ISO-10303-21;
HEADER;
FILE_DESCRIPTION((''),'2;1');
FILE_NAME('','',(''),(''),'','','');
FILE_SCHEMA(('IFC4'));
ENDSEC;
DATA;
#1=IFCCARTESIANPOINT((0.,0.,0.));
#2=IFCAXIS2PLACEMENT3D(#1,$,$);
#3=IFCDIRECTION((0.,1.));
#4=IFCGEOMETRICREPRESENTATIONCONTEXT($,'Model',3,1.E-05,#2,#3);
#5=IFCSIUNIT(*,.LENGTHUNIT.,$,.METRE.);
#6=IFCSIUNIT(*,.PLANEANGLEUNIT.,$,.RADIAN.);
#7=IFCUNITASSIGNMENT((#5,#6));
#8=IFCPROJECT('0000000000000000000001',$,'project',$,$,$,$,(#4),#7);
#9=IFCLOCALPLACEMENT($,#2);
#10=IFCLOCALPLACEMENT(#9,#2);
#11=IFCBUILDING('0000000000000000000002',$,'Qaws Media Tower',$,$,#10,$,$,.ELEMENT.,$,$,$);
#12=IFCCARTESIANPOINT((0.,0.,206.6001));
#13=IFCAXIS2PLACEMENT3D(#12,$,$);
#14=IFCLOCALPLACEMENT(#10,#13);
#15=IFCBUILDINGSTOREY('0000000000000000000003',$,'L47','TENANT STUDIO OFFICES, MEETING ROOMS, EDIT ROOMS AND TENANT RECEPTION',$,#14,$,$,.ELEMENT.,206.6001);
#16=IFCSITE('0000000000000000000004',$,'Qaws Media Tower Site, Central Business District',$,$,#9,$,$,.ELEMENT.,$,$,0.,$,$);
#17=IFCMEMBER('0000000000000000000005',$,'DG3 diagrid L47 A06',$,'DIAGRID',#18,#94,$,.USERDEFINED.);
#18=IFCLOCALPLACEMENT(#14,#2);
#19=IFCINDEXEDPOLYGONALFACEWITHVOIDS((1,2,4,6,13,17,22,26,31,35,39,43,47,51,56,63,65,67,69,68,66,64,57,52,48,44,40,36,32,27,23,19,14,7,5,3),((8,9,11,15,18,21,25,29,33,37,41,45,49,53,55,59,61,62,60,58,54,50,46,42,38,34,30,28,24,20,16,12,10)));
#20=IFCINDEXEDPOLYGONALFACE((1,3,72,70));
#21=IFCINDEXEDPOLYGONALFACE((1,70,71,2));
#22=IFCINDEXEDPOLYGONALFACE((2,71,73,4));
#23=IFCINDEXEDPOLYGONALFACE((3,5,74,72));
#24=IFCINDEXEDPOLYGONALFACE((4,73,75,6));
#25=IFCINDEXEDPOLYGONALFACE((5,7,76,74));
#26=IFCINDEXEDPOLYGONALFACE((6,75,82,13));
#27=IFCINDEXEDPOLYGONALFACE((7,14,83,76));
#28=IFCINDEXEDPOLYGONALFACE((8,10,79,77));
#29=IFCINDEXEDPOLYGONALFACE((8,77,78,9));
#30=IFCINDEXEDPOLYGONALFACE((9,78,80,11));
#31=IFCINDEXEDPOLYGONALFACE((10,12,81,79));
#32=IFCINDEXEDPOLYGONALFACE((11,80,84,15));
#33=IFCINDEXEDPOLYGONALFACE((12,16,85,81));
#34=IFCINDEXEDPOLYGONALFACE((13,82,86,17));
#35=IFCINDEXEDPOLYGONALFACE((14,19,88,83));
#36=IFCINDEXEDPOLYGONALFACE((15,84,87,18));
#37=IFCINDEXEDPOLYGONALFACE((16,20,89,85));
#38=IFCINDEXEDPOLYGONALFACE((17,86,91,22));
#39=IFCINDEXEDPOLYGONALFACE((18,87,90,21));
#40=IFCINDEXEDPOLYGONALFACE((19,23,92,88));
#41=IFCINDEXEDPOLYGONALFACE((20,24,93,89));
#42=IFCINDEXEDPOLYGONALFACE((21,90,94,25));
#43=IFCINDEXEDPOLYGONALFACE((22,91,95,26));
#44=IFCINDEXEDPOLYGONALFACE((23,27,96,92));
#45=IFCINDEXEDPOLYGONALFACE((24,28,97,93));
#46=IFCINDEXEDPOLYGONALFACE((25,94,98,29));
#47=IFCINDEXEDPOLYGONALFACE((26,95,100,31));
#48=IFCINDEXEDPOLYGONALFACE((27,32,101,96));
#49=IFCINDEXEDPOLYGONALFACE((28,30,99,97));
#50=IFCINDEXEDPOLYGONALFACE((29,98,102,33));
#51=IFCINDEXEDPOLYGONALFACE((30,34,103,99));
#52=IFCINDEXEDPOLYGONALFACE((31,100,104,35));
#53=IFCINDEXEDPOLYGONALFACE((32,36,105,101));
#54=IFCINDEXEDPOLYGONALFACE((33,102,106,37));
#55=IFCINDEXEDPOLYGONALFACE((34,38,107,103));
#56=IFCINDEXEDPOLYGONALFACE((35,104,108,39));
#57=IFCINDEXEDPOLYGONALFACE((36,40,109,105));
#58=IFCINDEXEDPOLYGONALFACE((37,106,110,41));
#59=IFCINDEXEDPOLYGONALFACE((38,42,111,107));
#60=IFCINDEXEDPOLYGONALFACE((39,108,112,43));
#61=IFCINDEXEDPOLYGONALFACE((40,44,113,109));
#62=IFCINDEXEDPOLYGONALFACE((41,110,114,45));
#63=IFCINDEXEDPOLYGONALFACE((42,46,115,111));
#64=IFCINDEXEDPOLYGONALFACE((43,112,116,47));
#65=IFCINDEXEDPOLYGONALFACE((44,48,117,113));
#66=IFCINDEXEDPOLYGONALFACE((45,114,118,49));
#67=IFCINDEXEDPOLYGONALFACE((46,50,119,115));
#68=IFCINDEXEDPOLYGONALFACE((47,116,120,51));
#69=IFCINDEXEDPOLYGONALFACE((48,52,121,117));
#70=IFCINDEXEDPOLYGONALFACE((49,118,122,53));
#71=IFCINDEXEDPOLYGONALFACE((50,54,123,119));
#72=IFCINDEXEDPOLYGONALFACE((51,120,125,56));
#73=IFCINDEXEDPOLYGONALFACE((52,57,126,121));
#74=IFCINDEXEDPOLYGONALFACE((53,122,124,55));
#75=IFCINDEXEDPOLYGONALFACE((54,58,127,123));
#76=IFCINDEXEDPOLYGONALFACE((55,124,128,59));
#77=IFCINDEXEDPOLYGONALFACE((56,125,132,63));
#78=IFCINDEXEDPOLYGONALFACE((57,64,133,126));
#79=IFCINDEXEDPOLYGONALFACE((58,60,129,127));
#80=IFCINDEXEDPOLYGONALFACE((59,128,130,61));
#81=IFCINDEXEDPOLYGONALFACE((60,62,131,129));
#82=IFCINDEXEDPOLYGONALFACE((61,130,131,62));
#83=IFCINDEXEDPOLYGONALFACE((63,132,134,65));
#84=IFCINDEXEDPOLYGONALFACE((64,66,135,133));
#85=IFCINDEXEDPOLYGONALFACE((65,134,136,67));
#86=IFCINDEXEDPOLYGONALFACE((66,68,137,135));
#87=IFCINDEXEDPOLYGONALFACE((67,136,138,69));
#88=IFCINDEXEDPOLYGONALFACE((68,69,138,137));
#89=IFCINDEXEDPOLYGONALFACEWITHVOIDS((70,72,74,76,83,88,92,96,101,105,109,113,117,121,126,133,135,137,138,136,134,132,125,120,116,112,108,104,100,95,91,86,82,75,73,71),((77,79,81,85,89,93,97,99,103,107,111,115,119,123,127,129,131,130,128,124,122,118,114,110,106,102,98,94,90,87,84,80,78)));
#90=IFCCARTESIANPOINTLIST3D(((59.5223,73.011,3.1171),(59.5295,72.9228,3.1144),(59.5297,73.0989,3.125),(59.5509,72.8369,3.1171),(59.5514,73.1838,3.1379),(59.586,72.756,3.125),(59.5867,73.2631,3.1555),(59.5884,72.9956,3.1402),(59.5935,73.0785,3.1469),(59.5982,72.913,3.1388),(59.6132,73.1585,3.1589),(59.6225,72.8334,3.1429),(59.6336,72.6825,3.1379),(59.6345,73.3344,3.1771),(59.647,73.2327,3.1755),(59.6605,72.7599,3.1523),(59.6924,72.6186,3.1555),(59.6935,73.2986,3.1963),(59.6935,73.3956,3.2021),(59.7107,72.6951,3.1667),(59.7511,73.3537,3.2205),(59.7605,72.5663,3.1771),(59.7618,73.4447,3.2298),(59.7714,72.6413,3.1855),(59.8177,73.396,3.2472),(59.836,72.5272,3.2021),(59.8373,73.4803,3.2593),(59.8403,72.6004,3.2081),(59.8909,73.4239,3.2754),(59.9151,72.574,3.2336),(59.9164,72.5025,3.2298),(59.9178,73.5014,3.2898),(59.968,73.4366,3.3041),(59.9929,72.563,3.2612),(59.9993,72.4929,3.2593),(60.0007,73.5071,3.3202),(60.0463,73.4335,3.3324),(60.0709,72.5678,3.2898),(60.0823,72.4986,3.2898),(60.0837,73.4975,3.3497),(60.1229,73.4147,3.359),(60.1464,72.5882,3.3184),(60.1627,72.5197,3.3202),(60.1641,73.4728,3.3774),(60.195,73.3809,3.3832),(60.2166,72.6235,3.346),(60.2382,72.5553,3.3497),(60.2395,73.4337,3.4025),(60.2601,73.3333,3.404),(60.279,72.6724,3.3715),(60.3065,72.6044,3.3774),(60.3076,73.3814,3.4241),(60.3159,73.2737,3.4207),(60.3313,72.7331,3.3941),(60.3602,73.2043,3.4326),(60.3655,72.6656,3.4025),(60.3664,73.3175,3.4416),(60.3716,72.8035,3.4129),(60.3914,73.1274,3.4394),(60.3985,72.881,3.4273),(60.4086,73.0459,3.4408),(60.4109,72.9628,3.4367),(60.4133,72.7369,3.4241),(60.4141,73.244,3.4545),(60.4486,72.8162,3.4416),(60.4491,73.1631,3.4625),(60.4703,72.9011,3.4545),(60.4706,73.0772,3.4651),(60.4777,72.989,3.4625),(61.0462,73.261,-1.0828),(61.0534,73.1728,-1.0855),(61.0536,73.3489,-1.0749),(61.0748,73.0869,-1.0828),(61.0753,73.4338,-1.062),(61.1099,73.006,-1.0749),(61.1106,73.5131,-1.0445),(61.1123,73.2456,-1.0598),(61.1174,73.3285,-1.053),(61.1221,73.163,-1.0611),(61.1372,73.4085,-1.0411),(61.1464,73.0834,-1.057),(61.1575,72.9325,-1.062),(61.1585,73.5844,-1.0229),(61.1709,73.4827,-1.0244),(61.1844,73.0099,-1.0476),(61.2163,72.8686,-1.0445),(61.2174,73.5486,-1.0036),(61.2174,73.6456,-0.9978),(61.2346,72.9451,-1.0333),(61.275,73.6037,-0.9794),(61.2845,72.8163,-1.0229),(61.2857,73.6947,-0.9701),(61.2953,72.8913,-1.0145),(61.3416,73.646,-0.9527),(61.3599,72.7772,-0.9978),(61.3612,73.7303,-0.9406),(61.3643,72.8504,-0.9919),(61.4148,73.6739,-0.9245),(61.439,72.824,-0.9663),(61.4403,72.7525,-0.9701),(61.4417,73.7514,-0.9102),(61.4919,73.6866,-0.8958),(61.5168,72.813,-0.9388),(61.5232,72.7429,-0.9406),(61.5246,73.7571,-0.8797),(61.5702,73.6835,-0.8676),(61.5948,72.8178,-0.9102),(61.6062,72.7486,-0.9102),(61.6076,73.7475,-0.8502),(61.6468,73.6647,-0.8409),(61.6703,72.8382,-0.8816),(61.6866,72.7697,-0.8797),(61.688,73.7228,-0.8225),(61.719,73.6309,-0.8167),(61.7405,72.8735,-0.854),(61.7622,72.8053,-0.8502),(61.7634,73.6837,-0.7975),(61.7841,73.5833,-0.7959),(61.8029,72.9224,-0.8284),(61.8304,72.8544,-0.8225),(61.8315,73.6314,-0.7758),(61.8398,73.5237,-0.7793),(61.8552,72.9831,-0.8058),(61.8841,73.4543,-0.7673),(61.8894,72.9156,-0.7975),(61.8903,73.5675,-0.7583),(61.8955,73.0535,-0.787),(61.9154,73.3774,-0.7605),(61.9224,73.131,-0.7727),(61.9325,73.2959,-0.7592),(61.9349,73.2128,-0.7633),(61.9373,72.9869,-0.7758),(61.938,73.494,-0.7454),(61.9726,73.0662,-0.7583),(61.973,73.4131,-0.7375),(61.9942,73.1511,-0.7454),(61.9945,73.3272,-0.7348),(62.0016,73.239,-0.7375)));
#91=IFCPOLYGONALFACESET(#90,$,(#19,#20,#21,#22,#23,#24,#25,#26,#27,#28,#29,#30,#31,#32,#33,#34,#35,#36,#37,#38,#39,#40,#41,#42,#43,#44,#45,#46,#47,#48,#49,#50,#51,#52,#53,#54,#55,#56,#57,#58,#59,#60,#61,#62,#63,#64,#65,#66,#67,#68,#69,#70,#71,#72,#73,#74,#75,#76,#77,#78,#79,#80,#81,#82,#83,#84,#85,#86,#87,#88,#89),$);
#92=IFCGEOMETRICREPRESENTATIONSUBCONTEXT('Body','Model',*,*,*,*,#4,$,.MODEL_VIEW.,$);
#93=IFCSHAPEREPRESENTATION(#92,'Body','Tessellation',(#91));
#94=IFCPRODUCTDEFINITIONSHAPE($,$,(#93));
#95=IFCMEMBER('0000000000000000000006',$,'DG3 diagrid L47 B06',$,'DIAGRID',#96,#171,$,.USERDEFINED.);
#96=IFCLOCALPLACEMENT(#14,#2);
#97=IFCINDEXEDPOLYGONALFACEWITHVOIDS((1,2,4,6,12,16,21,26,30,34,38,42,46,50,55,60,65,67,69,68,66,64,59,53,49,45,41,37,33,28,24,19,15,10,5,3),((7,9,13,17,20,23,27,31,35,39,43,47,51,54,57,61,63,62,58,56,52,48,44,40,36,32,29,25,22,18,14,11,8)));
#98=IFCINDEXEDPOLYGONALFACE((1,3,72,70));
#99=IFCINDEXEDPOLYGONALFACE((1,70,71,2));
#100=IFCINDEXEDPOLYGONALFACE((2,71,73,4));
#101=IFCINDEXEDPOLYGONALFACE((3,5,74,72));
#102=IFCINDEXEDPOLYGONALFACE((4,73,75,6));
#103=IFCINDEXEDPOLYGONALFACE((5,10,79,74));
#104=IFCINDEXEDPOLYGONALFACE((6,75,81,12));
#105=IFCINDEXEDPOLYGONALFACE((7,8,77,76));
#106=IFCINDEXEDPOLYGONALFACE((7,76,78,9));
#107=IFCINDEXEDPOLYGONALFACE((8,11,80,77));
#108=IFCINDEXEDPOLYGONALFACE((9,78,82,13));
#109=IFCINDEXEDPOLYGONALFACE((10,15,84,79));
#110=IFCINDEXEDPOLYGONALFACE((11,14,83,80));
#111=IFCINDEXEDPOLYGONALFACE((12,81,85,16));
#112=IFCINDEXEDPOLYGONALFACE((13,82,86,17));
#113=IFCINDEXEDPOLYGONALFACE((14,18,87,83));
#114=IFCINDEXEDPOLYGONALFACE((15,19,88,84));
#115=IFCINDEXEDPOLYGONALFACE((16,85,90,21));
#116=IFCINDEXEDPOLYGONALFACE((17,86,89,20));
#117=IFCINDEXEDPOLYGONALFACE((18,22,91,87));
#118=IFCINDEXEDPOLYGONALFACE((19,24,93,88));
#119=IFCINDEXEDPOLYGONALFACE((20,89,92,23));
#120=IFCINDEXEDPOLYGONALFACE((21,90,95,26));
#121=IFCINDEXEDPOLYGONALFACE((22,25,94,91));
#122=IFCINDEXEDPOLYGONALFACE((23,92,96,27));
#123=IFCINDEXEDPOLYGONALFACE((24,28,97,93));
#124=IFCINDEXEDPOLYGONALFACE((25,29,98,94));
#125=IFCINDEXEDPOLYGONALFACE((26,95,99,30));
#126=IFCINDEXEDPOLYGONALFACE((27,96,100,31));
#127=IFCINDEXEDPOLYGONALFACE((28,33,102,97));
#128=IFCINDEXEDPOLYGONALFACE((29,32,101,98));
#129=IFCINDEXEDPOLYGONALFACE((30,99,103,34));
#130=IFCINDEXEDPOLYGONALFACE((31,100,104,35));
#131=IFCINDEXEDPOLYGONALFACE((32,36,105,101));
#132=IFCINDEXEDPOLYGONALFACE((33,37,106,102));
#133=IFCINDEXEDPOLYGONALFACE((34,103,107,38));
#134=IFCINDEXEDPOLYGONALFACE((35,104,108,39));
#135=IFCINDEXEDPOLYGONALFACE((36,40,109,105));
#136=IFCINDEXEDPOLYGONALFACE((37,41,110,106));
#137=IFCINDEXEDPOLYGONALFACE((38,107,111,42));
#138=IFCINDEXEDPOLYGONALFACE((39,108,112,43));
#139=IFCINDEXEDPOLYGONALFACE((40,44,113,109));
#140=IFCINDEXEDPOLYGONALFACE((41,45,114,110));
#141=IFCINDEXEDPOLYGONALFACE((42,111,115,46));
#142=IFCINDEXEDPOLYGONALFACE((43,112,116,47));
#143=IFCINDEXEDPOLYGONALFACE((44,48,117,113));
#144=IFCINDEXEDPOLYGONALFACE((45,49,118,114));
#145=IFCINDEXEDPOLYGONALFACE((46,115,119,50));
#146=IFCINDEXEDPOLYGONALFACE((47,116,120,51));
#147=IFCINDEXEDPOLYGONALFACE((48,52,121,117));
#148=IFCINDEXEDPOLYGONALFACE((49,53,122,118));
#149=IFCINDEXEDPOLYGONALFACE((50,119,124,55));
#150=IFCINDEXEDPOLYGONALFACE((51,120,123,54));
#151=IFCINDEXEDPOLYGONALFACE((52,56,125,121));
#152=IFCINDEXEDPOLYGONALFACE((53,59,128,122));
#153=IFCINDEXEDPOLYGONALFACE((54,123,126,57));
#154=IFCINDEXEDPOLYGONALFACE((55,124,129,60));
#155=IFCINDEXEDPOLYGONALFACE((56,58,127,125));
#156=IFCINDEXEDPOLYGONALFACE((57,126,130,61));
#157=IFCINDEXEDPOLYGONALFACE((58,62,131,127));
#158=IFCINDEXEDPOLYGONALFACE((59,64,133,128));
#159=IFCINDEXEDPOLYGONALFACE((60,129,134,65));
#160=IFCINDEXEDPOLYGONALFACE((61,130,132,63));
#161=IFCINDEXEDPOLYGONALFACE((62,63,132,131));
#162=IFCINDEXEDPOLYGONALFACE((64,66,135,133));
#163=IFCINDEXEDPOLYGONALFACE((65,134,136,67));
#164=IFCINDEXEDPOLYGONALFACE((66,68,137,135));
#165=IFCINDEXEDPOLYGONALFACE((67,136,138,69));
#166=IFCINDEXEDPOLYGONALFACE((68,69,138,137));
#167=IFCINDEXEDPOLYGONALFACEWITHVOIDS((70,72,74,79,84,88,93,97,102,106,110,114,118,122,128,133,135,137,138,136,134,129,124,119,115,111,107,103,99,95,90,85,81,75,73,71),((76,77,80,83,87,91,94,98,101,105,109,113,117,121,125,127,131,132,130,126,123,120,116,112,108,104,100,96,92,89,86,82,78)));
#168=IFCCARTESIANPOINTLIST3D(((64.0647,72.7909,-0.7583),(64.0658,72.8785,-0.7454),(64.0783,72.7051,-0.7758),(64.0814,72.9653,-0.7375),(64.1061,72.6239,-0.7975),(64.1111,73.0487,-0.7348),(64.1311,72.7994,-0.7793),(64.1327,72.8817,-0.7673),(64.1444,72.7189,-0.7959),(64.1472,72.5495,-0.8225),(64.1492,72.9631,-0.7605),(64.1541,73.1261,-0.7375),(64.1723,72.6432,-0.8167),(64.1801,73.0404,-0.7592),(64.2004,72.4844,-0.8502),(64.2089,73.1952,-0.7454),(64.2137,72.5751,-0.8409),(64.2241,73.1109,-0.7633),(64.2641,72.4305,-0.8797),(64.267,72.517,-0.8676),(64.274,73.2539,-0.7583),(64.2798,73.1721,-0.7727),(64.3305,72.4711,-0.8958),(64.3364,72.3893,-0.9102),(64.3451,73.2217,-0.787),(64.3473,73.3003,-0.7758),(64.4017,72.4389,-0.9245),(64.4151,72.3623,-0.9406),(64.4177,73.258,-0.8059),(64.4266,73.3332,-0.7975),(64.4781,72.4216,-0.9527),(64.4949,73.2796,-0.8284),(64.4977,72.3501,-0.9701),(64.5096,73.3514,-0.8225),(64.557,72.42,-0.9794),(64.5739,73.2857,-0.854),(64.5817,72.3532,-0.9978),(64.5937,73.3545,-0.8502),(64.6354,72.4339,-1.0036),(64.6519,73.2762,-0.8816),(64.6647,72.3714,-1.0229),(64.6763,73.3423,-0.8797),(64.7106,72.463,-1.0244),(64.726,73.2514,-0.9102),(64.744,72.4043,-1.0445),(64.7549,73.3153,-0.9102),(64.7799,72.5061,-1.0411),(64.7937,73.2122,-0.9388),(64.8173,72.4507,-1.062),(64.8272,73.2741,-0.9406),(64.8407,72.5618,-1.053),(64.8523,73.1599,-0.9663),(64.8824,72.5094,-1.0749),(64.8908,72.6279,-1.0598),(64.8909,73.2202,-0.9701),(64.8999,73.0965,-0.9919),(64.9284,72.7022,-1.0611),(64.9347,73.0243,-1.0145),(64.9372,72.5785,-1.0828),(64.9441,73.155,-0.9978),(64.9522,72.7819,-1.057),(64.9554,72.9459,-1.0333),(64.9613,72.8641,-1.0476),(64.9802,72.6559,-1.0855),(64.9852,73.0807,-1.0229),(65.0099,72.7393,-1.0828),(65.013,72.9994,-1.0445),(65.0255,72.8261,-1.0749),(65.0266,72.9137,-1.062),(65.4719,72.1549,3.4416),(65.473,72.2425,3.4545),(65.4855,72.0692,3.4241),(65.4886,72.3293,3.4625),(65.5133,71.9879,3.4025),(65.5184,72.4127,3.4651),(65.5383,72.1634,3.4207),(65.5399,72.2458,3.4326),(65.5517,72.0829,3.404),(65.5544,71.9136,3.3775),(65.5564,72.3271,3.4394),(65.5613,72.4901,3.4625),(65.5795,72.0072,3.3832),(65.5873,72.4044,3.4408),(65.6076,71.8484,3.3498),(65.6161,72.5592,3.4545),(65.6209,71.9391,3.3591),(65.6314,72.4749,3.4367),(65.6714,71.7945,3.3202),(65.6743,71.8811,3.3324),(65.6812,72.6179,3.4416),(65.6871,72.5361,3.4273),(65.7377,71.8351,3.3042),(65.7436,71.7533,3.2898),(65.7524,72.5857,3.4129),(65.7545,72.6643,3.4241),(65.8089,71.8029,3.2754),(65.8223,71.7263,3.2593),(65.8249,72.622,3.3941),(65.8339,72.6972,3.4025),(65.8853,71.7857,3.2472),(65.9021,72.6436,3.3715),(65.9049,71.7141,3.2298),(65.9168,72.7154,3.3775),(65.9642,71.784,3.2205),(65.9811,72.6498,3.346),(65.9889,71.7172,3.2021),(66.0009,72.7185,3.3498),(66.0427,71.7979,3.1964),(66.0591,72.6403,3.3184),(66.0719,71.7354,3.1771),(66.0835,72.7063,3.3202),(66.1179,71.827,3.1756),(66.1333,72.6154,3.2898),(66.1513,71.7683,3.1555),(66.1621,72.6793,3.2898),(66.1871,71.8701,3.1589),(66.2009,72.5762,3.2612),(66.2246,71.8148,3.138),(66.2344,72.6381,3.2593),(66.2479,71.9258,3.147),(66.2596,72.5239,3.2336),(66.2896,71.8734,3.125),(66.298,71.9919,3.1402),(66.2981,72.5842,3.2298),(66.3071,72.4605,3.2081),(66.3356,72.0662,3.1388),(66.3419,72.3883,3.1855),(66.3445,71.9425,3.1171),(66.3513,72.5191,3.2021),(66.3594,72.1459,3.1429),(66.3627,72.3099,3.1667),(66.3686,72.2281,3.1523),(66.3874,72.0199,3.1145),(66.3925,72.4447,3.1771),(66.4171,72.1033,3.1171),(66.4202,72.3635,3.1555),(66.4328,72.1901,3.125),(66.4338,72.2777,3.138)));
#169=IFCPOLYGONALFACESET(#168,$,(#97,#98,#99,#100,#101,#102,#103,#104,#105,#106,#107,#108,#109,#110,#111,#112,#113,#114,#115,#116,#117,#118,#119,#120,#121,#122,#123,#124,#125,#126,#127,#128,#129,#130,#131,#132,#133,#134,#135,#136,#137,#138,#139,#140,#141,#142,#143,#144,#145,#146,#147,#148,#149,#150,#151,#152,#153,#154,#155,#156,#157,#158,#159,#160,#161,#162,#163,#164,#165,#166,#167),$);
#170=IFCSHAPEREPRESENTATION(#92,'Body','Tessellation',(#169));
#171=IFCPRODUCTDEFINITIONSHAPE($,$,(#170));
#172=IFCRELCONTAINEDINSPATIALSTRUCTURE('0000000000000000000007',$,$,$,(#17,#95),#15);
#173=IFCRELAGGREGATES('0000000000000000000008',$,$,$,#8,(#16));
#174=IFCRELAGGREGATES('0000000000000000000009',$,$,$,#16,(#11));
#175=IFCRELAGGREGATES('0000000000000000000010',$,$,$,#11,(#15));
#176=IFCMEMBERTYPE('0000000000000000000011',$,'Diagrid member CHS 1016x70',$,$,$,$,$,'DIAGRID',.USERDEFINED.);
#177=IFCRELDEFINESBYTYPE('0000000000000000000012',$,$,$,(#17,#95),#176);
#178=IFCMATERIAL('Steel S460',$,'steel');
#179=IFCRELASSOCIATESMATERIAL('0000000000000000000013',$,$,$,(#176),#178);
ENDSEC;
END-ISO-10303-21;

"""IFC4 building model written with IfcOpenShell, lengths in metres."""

from ifc_helpers import new_model, si_unit, direction, frame, origin, origin_2d, place, context, subcontext, project, spatial, hollow_circle, extrude, material, material_profile, profile_set, type_object, element, save


model = new_model("IFC4")

# Units and contexts
model_context = context("Model", 3, precision=1e-05, world=origin(), true_north=direction((0.0, 1.0)))
body_context = subcontext(model_context, "Body", "Model", "MODEL_VIEW")
ifc_project = project(units=[si_unit("LENGTHUNIT", "METRE"), si_unit("PLANEANGLEUNIT", "RADIAN")], contexts=[model_context])

# Site, building, storey
site_placement = place(None, origin())
site = spatial("IfcSite", under=ifc_project, at=site_placement, Name="Qaws Media Tower Site, Central Business District", CompositionType="ELEMENT", RefElevation=0.0)
building_placement = place(site_placement, origin())
building = spatial("IfcBuilding", under=site, at=building_placement, Name="Qaws Media Tower", CompositionType="ELEMENT")
storey_placement = place(building_placement, frame((0.0, 0.0, 206.6001)))
storey = spatial("IfcBuildingStorey", under=building, at=storey_placement, Name="L47", Description="TENANT STUDIO OFFICES, MEETING ROOMS, EDIT ROOMS AND TENANT RECEPTION", CompositionType="ELEMENT", Elevation=206.6001)

# Members
ifc_material_1 = material(Name="Steel S460", Category="steel")
ifc_material_profile_1 = material_profile(ifc_material_1, hollow_circle(Radius=0.5081, WallThickness=0.0701, at=origin_2d()), Name="CHS 1016x70")
ifc_profile_set_1 = profile_set([ifc_material_profile_1], Name="Steel S460")
member_type_1 = type_object("IfcMemberType", Name="Diagrid member CHS 1016x70", ElementType="DIAGRID", PredefinedType="USERDEFINED", material=ifc_profile_set_1)
for number, where, z_axis, x_axis, name in (
    (1, (61.5239, 73.25, -0.9102), (-0.340552, -0.055868, 0.938564), (0.161886, -0.986809, 0.0), "DG3 diagrid L47 A06"),
    (2, (64.5457, 72.8523, -0.9102), (0.314474, -0.142124, 0.938566), (0.411837, 0.911258, 0.0), "DG3 diagrid L47 B06"),
):
    element("IfcMember", number, at=place(storey_placement, frame(where, z_axis=z_axis, x_axis=x_axis)), inside=storey, type_object=member_type_1, Name=name, ObjectType="DIAGRID", PredefinedType="USERDEFINED", context=body_context, shape_type="SweptSolid", body=[
        extrude(hollow_circle(Radius=0.5081, WallThickness=0.0701, at=origin_2d()), origin(), (0.0, 0.0, 1.0), 4.4749),
    ])

save(model, "model.ifc")
